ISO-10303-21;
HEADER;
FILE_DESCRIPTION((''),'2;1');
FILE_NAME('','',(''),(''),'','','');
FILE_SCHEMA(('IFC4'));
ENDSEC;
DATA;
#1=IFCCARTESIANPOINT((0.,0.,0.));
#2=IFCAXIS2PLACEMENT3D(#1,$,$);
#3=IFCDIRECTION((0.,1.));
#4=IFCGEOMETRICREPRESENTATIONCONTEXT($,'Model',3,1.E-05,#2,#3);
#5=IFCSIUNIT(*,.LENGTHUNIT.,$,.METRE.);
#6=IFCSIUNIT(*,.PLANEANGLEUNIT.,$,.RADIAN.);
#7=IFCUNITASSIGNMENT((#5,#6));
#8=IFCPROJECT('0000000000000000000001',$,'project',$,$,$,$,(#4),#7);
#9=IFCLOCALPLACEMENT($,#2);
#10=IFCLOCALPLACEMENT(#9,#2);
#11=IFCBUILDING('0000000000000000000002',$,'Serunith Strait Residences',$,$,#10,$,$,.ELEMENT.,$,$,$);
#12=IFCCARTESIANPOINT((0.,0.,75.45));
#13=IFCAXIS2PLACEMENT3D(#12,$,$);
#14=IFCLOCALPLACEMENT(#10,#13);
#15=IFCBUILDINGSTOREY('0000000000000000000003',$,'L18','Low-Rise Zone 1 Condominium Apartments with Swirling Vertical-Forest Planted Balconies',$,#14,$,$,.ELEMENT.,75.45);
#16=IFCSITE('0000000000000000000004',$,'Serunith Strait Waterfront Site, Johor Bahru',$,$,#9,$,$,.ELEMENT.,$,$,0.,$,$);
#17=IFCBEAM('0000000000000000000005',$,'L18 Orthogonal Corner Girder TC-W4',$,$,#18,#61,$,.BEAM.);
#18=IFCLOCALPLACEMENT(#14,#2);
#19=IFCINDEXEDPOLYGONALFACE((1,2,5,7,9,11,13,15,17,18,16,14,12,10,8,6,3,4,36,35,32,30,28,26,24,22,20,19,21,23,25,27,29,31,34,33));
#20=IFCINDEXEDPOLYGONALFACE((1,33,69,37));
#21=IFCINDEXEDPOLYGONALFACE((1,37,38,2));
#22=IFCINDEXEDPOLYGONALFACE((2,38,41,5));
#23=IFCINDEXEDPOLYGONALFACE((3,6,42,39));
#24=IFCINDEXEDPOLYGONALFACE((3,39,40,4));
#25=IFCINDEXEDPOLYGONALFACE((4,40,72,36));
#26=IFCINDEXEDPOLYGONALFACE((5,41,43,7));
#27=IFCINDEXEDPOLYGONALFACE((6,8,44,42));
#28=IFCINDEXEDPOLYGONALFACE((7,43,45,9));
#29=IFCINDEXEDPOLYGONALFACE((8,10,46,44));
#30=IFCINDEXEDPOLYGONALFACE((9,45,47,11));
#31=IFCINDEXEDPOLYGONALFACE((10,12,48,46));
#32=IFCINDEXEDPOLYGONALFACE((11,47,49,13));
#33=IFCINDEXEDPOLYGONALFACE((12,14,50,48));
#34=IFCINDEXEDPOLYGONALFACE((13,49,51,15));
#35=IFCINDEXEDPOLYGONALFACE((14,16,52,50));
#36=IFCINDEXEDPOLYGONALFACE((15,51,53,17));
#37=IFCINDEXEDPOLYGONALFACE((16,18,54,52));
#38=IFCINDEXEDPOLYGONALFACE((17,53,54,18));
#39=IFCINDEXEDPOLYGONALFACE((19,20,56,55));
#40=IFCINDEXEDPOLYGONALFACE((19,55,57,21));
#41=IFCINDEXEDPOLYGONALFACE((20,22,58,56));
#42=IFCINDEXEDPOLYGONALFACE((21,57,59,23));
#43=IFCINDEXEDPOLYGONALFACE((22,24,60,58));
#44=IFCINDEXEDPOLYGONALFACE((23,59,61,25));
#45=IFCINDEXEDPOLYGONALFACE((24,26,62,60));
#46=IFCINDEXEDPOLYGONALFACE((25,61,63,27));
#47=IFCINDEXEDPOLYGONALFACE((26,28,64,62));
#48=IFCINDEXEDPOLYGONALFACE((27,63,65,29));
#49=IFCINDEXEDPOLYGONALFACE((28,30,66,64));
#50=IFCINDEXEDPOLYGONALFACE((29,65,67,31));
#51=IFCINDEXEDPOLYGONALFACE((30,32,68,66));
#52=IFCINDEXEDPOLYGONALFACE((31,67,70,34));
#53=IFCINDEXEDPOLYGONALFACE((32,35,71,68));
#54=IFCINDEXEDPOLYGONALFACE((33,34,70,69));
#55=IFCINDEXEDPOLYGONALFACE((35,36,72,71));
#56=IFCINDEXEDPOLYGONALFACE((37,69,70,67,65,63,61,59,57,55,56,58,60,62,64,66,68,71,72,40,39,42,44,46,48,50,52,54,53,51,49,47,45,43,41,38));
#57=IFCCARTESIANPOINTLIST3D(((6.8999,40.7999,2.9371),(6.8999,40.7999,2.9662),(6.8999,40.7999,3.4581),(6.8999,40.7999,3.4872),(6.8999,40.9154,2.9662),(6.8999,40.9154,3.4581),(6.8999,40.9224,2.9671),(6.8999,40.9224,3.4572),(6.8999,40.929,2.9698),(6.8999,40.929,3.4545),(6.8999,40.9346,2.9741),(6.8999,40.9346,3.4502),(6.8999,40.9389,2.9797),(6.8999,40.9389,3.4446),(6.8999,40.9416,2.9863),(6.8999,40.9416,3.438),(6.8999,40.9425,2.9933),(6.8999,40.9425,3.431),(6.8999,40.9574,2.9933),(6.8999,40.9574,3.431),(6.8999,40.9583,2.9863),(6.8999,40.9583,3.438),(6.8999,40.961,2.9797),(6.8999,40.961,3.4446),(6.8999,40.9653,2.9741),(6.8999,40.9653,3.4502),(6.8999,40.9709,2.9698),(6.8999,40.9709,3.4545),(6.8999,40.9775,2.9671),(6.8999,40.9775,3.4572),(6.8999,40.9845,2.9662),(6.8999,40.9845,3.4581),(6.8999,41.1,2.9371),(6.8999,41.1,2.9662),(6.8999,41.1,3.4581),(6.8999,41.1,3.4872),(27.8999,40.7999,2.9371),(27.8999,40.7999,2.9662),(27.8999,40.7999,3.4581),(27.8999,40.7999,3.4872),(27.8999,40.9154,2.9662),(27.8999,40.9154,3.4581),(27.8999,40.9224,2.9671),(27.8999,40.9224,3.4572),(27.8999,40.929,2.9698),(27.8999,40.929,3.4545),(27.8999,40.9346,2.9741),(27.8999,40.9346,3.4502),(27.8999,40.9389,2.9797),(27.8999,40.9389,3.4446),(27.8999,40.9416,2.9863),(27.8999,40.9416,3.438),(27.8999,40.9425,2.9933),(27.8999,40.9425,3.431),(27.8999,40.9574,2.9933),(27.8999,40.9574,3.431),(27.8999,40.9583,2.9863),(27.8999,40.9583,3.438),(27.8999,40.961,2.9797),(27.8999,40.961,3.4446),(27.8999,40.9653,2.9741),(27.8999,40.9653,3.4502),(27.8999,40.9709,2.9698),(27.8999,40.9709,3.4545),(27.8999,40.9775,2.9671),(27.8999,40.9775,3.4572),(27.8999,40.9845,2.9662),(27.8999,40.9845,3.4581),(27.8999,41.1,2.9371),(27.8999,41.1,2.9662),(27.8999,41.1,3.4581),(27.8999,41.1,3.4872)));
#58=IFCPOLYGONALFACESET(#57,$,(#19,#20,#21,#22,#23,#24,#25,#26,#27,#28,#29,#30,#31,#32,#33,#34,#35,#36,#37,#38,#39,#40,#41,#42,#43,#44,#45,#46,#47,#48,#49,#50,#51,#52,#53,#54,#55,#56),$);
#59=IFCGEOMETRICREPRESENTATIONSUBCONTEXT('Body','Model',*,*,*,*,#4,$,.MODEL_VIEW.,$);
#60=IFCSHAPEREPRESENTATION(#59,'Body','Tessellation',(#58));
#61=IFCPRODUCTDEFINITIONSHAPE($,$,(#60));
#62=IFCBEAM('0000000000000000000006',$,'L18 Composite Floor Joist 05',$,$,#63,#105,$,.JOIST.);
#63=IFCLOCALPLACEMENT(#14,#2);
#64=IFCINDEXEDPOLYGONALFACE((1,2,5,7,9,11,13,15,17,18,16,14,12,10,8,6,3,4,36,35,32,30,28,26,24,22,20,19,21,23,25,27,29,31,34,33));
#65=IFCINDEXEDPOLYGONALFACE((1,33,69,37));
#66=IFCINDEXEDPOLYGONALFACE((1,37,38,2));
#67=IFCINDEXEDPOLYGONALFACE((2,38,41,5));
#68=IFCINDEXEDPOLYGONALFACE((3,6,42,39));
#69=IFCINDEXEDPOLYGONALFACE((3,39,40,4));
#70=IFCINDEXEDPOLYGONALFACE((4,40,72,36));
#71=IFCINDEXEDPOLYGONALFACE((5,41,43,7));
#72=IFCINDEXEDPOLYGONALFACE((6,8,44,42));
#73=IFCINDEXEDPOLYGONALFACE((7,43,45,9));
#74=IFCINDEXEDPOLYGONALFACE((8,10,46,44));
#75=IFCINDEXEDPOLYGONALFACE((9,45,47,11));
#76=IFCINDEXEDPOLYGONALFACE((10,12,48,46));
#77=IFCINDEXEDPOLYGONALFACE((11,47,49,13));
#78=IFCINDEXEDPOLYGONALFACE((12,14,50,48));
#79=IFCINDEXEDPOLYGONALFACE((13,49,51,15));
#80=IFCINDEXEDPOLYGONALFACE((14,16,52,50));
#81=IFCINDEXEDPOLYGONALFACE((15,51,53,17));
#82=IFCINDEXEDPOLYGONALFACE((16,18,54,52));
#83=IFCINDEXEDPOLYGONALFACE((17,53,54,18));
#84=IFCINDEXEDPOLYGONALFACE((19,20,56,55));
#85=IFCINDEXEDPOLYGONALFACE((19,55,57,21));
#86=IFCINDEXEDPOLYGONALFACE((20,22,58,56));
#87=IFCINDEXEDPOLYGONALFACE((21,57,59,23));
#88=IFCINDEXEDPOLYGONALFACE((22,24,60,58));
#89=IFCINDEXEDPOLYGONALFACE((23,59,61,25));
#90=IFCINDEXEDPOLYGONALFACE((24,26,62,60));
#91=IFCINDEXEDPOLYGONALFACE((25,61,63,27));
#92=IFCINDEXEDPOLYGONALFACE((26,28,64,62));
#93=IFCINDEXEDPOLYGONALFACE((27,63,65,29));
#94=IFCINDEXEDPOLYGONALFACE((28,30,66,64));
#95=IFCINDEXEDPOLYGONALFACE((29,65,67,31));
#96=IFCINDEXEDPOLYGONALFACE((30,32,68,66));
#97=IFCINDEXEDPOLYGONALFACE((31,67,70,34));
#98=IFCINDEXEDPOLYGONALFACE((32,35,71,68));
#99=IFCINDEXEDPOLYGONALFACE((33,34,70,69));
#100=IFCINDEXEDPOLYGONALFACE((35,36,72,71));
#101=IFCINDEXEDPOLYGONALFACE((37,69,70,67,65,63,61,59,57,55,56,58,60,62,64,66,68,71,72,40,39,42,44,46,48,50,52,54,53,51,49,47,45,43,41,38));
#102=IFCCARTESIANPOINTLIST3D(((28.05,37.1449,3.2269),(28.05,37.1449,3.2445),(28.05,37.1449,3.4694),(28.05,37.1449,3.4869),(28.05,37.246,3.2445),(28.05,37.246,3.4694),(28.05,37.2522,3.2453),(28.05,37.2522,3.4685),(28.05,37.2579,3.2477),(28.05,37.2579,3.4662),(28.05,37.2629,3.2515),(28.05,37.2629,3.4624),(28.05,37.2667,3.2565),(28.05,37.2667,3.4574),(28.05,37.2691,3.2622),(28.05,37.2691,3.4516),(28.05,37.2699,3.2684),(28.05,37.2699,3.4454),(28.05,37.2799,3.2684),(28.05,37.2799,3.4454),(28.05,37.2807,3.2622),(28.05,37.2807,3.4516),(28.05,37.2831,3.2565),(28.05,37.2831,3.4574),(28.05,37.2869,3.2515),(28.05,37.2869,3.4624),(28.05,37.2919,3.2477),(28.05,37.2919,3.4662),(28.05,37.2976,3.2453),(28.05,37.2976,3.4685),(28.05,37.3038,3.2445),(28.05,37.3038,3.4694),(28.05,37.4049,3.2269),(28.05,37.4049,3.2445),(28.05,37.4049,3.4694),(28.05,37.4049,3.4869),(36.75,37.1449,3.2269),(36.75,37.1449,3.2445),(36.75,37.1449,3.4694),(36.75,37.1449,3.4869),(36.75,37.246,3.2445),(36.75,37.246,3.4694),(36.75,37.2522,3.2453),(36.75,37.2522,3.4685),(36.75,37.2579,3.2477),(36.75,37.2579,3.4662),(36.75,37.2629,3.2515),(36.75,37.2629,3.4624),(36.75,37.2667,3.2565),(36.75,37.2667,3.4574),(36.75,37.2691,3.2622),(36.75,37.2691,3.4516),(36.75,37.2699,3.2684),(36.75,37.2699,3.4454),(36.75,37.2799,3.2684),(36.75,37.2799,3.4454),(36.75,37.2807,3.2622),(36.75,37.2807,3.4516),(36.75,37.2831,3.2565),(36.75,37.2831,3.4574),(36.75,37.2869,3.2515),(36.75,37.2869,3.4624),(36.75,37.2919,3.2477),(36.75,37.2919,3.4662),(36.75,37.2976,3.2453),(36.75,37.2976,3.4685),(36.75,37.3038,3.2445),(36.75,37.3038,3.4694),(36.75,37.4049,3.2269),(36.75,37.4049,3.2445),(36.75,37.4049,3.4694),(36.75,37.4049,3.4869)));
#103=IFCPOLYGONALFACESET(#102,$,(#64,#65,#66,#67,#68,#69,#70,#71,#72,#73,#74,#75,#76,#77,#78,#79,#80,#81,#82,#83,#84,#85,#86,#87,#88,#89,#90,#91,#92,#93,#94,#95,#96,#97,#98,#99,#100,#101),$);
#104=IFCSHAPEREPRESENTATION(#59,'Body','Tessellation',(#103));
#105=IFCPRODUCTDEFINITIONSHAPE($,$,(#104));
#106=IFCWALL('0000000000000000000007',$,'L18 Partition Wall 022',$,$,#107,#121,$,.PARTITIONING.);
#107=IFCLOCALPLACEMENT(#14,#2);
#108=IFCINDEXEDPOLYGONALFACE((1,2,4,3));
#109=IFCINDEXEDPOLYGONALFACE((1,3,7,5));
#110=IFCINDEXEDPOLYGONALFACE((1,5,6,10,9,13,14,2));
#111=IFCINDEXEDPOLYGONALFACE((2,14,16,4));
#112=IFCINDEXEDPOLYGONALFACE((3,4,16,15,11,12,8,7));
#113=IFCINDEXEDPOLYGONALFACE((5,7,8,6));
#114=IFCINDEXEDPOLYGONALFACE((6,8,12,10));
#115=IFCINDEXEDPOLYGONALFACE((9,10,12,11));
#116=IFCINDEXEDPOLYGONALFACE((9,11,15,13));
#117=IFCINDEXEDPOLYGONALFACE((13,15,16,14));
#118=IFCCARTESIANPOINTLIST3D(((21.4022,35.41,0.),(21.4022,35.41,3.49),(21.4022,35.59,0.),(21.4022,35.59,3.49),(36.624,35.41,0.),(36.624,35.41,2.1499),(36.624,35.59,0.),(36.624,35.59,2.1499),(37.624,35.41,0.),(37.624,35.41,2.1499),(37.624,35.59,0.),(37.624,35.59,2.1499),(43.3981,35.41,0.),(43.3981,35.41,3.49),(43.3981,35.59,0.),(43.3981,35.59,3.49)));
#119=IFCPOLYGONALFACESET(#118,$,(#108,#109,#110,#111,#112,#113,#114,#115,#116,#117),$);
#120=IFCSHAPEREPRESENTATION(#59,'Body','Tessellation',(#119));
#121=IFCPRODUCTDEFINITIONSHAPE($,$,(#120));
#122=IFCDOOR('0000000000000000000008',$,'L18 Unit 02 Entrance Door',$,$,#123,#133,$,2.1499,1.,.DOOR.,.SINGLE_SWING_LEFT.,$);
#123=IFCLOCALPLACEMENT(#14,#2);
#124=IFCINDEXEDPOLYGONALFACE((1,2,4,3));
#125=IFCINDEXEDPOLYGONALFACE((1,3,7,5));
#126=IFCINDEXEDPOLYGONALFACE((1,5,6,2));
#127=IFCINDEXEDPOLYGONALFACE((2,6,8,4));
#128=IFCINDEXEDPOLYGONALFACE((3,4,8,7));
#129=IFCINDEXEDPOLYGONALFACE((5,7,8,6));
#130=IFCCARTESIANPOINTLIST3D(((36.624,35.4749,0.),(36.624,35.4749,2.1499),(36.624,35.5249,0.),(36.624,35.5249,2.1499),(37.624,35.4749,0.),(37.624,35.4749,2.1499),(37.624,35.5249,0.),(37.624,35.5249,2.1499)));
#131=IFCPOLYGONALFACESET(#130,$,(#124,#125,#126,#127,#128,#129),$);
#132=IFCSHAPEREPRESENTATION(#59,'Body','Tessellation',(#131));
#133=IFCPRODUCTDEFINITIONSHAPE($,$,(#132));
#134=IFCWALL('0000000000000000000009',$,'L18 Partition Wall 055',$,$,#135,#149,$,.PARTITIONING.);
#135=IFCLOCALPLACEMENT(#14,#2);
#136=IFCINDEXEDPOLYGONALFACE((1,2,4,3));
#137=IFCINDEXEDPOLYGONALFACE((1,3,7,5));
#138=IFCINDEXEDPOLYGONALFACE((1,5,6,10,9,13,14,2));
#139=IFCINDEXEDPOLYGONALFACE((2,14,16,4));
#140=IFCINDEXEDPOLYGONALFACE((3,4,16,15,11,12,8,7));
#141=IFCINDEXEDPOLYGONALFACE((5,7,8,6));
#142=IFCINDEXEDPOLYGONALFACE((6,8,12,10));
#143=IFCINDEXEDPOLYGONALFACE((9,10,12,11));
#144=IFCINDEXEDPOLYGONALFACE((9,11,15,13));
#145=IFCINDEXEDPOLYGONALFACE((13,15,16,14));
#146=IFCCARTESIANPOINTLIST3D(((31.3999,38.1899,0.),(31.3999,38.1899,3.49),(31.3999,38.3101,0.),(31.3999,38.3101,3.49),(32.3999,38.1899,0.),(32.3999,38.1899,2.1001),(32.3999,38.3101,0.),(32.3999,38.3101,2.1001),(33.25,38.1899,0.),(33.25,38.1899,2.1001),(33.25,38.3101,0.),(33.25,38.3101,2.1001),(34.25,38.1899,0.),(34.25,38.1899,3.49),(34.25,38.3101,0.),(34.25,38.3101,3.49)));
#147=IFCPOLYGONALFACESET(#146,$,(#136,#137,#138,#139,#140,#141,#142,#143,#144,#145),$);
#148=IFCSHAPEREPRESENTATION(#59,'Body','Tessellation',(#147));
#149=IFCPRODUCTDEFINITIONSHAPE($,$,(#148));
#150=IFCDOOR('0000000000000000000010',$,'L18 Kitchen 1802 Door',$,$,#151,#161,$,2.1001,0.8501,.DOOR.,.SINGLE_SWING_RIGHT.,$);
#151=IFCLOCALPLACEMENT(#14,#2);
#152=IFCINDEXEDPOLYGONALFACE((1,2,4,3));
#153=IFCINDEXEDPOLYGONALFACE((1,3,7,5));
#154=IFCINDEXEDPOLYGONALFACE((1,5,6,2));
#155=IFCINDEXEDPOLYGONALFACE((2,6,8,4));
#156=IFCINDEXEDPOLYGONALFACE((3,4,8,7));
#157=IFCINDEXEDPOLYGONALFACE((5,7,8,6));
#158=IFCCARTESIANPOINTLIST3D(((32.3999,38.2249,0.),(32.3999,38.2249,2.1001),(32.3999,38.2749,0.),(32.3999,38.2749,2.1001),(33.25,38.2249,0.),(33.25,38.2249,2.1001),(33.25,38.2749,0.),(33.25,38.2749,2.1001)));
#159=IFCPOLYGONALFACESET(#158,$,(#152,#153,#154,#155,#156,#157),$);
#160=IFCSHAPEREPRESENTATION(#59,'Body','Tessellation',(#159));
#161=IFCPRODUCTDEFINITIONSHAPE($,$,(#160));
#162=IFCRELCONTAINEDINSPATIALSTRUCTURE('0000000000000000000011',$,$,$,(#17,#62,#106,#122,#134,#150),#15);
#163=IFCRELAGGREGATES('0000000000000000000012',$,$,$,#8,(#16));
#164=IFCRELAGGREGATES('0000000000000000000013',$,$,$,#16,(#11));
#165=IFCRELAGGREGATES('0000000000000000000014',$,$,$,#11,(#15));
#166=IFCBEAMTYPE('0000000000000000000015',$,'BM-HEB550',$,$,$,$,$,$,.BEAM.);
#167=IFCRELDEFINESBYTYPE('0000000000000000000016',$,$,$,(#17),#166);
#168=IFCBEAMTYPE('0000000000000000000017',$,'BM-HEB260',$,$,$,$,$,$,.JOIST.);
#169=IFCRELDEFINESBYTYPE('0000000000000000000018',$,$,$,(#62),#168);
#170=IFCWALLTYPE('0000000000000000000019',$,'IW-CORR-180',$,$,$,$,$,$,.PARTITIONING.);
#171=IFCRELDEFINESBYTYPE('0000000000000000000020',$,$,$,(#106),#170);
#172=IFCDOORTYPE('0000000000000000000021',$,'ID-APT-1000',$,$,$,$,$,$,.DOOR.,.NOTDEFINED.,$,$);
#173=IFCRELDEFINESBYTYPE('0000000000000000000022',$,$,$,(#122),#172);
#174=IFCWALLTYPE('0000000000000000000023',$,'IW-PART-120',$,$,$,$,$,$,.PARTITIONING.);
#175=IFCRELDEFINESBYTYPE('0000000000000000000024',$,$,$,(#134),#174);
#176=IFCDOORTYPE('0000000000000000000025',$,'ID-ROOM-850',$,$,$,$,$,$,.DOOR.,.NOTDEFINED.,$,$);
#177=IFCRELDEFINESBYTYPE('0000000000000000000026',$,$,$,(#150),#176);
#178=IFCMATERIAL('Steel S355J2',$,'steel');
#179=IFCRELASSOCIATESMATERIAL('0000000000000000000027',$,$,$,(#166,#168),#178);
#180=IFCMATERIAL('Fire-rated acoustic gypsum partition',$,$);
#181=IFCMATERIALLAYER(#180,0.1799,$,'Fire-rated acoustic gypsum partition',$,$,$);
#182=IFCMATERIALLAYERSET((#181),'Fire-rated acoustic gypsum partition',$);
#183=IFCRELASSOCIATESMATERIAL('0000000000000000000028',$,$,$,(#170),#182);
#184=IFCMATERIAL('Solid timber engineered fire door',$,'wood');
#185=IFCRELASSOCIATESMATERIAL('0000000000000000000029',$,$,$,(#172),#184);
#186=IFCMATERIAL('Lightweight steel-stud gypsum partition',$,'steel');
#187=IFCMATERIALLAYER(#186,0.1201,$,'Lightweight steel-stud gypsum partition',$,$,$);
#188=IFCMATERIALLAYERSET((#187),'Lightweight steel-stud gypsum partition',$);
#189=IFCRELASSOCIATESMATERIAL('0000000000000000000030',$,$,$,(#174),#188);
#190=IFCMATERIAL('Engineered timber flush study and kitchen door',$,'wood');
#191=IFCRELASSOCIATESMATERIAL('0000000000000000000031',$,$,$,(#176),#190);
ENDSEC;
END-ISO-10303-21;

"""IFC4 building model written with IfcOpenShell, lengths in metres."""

from ifc_helpers import new_model, si_unit, direction, frame, frame_2d, origin, origin_2d, place, context, subcontext, project, spatial, rectangle, i_section, extrude, source, transform, mapped, material, layer, layer_set, material_profile, profile_set, type_object, element, fill, save


model = new_model("IFC4")

# Units and contexts
model_context = context("Model", 3, precision=1e-05, world=origin(), true_north=direction((0.0, 1.0)))
body_context = subcontext(model_context, "Body", "Model", "MODEL_VIEW")
ifc_project = project(units=[si_unit("LENGTHUNIT", "METRE"), si_unit("PLANEANGLEUNIT", "RADIAN")], contexts=[model_context])

# Site, building, storey
site_placement = place(None, origin())
site = spatial("IfcSite", under=ifc_project, at=site_placement, Name="Serunith Strait Waterfront Site, Johor Bahru", CompositionType="ELEMENT", RefElevation=0.0)
building_placement = place(site_placement, origin())
building = spatial("IfcBuilding", under=site, at=building_placement, Name="Serunith Strait Residences", CompositionType="ELEMENT")
storey_placement = place(building_placement, frame((0.0, 0.0, 75.45)))
storey = spatial("IfcBuildingStorey", under=building, at=storey_placement, Name="L18", Description="Low-Rise Zone 1 Condominium Apartments with Swirling Vertical-Forest Planted Balconies", CompositionType="ELEMENT", Elevation=75.45)

# Beams
ifc_material_1 = material(Name="Steel S355J2", Category="steel")
ifc_material_profile_1 = material_profile(ifc_material_1, i_section(OverallWidth=0.3, OverallDepth=0.55, WebThickness=0.0149, FlangeThickness=0.0291, FilletRadius=0.0271, at=origin_2d()), Name="HEB 550")
ifc_profile_set_1 = profile_set([ifc_material_profile_1], Name="Steel S355J2")
beam_type_1 = type_object("IfcBeamType", Name="BM-HEB550", PredefinedType="BEAM", material=ifc_profile_set_1)
shared_shape_1 = source(origin(), body_context, "Body", "SweptSolid", [
    extrude(i_section(OverallWidth=0.3, OverallDepth=0.55, WebThickness=0.0149, FlangeThickness=0.0291, FilletRadius=0.0271, at=origin_2d()), origin(), (0.0, 0.0, 1.0), 21.0),
])
beam_1_placement = place(storey_placement, frame((27.8999, 40.95, 3.2122), z_axis=(-1.0, 0.0, 0.0), x_axis=(0.0, -1.0, 0.0)))
element("IfcBeam", 1, at=beam_1_placement, inside=storey, type_object=beam_type_1, Name="L18 Orthogonal Corner Girder TC-W4", PredefinedType="BEAM", context=body_context, shape_type="MappedRepresentation", body=[
    mapped(shared_shape_1, transform((0.0, 0.0, 0.0), scale=1.0)),
])
ifc_material_profile_2 = material_profile(ifc_material_1, i_section(OverallWidth=0.26, OverallDepth=0.26, WebThickness=0.01, FlangeThickness=0.0176, FilletRadius=0.0239, at=origin_2d()), Name="HEB 260")
ifc_profile_set_2 = profile_set([ifc_material_profile_2], Name="Steel S355J2")
beam_type_2 = type_object("IfcBeamType", Name="BM-HEB260", PredefinedType="JOIST", material=ifc_profile_set_2)
shared_shape_2 = source(origin(), body_context, "Body", "SweptSolid", [
    extrude(i_section(OverallWidth=0.26, OverallDepth=0.26, WebThickness=0.01, FlangeThickness=0.0176, FilletRadius=0.0239, at=origin_2d()), origin(), (0.0, 0.0, 1.0), 8.7),
])
beam_2_placement = place(storey_placement, frame((28.05, 37.2749, 3.3569), z_axis=(1.0, 0.0, 0.0), x_axis=(0.0, 1.0, 0.0)))
element("IfcBeam", 2, at=beam_2_placement, inside=storey, type_object=beam_type_2, Name="L18 Composite Floor Joist 05", PredefinedType="JOIST", context=body_context, shape_type="MappedRepresentation", body=[
    mapped(shared_shape_2, transform((0.0, 0.0, 0.0), scale=1.0)),
])

# Walls, openings, doors
ifc_material_2 = material(Name="Fire-rated acoustic gypsum partition")
ifc_layer_1 = layer(ifc_material_2, 0.1799, Name="Fire-rated acoustic gypsum partition")
ifc_layer_set_1 = layer_set([ifc_layer_1], Name="Fire-rated acoustic gypsum partition")
wall_type_1 = type_object("IfcWallType", Name="IW-CORR-180", PredefinedType="PARTITIONING", material=ifc_layer_set_1)
wall_1_placement = place(storey_placement, frame((21.4021, 35.5, 0.0), z_axis=(0.0, 0.0, 1.0), x_axis=(1.0, 0.0, 0.0)))
wall_1 = element("IfcWall", 3, at=wall_1_placement, inside=storey, type_object=wall_type_1, Name="L18 Partition Wall 022", PredefinedType="PARTITIONING", context=body_context, shape_type="SweptSolid", body=[
    extrude(rectangle(XDim=21.9958, YDim=0.1799, at=frame_2d((10.998, 0.0))), origin(), (0.0, 0.0, 1.0), 3.49),
])
opening_1_placement = place(wall_1_placement, frame((15.2219, 0.0, 0.0)))
opening_1 = element("IfcOpeningElement", 4, at=opening_1_placement, cuts=wall_1, PredefinedType="OPENING", context=body_context, shape_type="SweptSolid", body=[
    extrude(rectangle(XDim=1.0, YDim=2.1499, at=frame_2d((0.5, 1.075))), frame((0.0, 0.1001, 0.0), z_axis=(0.0, -1.0, 0.0), x_axis=(1.0, 0.0, 0.0)), (0.0, 0.0, 1.0), 0.2),
])
ifc_material_3 = material(Name="Solid timber engineered fire door", Category="wood")
door_type_1 = type_object("IfcDoorType", Name="ID-APT-1000", OperationType="NOTDEFINED", PredefinedType="DOOR", material=ifc_material_3)
shared_shape_3 = source(origin(), body_context, "Body", "SweptSolid", [
    extrude(rectangle(XDim=1.0, YDim=2.1499, at=frame_2d((0.5, 1.075))), frame((0.0, 0.0249, 0.0), z_axis=(0.0, -1.0, 0.0), x_axis=(1.0, 0.0, 0.0)), (0.0, 0.0, 1.0), 0.05),
])
door_1_placement = place(opening_1_placement, origin())
door_1 = element("IfcDoor", 5, at=door_1_placement, inside=storey, type_object=door_type_1, Name="L18 Unit 02 Entrance Door", OperationType="SINGLE_SWING_LEFT", OverallHeight=2.1499, OverallWidth=1.0, PredefinedType="DOOR", context=body_context, shape_type="MappedRepresentation", body=[
    mapped(shared_shape_3, transform((0.0, 0.0, 0.0), scale=1.0)),
])
fill(opening_1, door_1)
ifc_material_4 = material(Name="Lightweight steel-stud gypsum partition", Category="steel")
ifc_layer_2 = layer(ifc_material_4, 0.1201, Name="Lightweight steel-stud gypsum partition")
ifc_layer_set_2 = layer_set([ifc_layer_2], Name="Lightweight steel-stud gypsum partition")
wall_type_2 = type_object("IfcWallType", Name="IW-PART-120", PredefinedType="PARTITIONING", material=ifc_layer_set_2)
wall_2_placement = place(storey_placement, frame((31.3999, 38.25, 0.0), z_axis=(0.0, 0.0, 1.0), x_axis=(1.0, 0.0, 0.0)))
wall_2 = element("IfcWall", 6, at=wall_2_placement, inside=storey, type_object=wall_type_2, Name="L18 Partition Wall 055", PredefinedType="PARTITIONING", context=body_context, shape_type="SweptSolid", body=[
    extrude(rectangle(XDim=2.8501, YDim=0.1201, at=frame_2d((1.425, 0.0))), origin(), (0.0, 0.0, 1.0), 3.49),
])
opening_2_placement = place(wall_2_placement, frame((1.0, 0.0, 0.0)))
opening_2 = element("IfcOpeningElement", 7, at=opening_2_placement, cuts=wall_2, PredefinedType="OPENING", context=body_context, shape_type="SweptSolid", body=[
    extrude(rectangle(XDim=0.8501, YDim=2.1001, at=frame_2d((0.425, 1.05))), frame((0.0, 0.0701, 0.0), z_axis=(0.0, -1.0, 0.0), x_axis=(1.0, 0.0, 0.0)), (0.0, 0.0, 1.0), 0.1401),
])
ifc_material_5 = material(Name="Engineered timber flush study and kitchen door", Category="wood")
door_type_2 = type_object("IfcDoorType", Name="ID-ROOM-850", OperationType="NOTDEFINED", PredefinedType="DOOR", material=ifc_material_5)
shared_shape_4 = source(origin(), body_context, "Body", "SweptSolid", [
    extrude(rectangle(XDim=0.8501, YDim=2.1001, at=frame_2d((0.425, 1.05))), frame((0.0, 0.0249, 0.0), z_axis=(0.0, -1.0, 0.0), x_axis=(1.0, 0.0, 0.0)), (0.0, 0.0, 1.0), 0.05),
])
door_2_placement = place(opening_2_placement, origin())
door_2 = element("IfcDoor", 8, at=door_2_placement, inside=storey, type_object=door_type_2, Name="L18 Kitchen 1802 Door", OperationType="SINGLE_SWING_RIGHT", OverallHeight=2.1001, OverallWidth=0.8501, PredefinedType="DOOR", context=body_context, shape_type="MappedRepresentation", body=[
    mapped(shared_shape_4, transform((0.0, 0.0, 0.0), scale=1.0)),
])
fill(opening_2, door_2)

save(model, "model.ifc")
